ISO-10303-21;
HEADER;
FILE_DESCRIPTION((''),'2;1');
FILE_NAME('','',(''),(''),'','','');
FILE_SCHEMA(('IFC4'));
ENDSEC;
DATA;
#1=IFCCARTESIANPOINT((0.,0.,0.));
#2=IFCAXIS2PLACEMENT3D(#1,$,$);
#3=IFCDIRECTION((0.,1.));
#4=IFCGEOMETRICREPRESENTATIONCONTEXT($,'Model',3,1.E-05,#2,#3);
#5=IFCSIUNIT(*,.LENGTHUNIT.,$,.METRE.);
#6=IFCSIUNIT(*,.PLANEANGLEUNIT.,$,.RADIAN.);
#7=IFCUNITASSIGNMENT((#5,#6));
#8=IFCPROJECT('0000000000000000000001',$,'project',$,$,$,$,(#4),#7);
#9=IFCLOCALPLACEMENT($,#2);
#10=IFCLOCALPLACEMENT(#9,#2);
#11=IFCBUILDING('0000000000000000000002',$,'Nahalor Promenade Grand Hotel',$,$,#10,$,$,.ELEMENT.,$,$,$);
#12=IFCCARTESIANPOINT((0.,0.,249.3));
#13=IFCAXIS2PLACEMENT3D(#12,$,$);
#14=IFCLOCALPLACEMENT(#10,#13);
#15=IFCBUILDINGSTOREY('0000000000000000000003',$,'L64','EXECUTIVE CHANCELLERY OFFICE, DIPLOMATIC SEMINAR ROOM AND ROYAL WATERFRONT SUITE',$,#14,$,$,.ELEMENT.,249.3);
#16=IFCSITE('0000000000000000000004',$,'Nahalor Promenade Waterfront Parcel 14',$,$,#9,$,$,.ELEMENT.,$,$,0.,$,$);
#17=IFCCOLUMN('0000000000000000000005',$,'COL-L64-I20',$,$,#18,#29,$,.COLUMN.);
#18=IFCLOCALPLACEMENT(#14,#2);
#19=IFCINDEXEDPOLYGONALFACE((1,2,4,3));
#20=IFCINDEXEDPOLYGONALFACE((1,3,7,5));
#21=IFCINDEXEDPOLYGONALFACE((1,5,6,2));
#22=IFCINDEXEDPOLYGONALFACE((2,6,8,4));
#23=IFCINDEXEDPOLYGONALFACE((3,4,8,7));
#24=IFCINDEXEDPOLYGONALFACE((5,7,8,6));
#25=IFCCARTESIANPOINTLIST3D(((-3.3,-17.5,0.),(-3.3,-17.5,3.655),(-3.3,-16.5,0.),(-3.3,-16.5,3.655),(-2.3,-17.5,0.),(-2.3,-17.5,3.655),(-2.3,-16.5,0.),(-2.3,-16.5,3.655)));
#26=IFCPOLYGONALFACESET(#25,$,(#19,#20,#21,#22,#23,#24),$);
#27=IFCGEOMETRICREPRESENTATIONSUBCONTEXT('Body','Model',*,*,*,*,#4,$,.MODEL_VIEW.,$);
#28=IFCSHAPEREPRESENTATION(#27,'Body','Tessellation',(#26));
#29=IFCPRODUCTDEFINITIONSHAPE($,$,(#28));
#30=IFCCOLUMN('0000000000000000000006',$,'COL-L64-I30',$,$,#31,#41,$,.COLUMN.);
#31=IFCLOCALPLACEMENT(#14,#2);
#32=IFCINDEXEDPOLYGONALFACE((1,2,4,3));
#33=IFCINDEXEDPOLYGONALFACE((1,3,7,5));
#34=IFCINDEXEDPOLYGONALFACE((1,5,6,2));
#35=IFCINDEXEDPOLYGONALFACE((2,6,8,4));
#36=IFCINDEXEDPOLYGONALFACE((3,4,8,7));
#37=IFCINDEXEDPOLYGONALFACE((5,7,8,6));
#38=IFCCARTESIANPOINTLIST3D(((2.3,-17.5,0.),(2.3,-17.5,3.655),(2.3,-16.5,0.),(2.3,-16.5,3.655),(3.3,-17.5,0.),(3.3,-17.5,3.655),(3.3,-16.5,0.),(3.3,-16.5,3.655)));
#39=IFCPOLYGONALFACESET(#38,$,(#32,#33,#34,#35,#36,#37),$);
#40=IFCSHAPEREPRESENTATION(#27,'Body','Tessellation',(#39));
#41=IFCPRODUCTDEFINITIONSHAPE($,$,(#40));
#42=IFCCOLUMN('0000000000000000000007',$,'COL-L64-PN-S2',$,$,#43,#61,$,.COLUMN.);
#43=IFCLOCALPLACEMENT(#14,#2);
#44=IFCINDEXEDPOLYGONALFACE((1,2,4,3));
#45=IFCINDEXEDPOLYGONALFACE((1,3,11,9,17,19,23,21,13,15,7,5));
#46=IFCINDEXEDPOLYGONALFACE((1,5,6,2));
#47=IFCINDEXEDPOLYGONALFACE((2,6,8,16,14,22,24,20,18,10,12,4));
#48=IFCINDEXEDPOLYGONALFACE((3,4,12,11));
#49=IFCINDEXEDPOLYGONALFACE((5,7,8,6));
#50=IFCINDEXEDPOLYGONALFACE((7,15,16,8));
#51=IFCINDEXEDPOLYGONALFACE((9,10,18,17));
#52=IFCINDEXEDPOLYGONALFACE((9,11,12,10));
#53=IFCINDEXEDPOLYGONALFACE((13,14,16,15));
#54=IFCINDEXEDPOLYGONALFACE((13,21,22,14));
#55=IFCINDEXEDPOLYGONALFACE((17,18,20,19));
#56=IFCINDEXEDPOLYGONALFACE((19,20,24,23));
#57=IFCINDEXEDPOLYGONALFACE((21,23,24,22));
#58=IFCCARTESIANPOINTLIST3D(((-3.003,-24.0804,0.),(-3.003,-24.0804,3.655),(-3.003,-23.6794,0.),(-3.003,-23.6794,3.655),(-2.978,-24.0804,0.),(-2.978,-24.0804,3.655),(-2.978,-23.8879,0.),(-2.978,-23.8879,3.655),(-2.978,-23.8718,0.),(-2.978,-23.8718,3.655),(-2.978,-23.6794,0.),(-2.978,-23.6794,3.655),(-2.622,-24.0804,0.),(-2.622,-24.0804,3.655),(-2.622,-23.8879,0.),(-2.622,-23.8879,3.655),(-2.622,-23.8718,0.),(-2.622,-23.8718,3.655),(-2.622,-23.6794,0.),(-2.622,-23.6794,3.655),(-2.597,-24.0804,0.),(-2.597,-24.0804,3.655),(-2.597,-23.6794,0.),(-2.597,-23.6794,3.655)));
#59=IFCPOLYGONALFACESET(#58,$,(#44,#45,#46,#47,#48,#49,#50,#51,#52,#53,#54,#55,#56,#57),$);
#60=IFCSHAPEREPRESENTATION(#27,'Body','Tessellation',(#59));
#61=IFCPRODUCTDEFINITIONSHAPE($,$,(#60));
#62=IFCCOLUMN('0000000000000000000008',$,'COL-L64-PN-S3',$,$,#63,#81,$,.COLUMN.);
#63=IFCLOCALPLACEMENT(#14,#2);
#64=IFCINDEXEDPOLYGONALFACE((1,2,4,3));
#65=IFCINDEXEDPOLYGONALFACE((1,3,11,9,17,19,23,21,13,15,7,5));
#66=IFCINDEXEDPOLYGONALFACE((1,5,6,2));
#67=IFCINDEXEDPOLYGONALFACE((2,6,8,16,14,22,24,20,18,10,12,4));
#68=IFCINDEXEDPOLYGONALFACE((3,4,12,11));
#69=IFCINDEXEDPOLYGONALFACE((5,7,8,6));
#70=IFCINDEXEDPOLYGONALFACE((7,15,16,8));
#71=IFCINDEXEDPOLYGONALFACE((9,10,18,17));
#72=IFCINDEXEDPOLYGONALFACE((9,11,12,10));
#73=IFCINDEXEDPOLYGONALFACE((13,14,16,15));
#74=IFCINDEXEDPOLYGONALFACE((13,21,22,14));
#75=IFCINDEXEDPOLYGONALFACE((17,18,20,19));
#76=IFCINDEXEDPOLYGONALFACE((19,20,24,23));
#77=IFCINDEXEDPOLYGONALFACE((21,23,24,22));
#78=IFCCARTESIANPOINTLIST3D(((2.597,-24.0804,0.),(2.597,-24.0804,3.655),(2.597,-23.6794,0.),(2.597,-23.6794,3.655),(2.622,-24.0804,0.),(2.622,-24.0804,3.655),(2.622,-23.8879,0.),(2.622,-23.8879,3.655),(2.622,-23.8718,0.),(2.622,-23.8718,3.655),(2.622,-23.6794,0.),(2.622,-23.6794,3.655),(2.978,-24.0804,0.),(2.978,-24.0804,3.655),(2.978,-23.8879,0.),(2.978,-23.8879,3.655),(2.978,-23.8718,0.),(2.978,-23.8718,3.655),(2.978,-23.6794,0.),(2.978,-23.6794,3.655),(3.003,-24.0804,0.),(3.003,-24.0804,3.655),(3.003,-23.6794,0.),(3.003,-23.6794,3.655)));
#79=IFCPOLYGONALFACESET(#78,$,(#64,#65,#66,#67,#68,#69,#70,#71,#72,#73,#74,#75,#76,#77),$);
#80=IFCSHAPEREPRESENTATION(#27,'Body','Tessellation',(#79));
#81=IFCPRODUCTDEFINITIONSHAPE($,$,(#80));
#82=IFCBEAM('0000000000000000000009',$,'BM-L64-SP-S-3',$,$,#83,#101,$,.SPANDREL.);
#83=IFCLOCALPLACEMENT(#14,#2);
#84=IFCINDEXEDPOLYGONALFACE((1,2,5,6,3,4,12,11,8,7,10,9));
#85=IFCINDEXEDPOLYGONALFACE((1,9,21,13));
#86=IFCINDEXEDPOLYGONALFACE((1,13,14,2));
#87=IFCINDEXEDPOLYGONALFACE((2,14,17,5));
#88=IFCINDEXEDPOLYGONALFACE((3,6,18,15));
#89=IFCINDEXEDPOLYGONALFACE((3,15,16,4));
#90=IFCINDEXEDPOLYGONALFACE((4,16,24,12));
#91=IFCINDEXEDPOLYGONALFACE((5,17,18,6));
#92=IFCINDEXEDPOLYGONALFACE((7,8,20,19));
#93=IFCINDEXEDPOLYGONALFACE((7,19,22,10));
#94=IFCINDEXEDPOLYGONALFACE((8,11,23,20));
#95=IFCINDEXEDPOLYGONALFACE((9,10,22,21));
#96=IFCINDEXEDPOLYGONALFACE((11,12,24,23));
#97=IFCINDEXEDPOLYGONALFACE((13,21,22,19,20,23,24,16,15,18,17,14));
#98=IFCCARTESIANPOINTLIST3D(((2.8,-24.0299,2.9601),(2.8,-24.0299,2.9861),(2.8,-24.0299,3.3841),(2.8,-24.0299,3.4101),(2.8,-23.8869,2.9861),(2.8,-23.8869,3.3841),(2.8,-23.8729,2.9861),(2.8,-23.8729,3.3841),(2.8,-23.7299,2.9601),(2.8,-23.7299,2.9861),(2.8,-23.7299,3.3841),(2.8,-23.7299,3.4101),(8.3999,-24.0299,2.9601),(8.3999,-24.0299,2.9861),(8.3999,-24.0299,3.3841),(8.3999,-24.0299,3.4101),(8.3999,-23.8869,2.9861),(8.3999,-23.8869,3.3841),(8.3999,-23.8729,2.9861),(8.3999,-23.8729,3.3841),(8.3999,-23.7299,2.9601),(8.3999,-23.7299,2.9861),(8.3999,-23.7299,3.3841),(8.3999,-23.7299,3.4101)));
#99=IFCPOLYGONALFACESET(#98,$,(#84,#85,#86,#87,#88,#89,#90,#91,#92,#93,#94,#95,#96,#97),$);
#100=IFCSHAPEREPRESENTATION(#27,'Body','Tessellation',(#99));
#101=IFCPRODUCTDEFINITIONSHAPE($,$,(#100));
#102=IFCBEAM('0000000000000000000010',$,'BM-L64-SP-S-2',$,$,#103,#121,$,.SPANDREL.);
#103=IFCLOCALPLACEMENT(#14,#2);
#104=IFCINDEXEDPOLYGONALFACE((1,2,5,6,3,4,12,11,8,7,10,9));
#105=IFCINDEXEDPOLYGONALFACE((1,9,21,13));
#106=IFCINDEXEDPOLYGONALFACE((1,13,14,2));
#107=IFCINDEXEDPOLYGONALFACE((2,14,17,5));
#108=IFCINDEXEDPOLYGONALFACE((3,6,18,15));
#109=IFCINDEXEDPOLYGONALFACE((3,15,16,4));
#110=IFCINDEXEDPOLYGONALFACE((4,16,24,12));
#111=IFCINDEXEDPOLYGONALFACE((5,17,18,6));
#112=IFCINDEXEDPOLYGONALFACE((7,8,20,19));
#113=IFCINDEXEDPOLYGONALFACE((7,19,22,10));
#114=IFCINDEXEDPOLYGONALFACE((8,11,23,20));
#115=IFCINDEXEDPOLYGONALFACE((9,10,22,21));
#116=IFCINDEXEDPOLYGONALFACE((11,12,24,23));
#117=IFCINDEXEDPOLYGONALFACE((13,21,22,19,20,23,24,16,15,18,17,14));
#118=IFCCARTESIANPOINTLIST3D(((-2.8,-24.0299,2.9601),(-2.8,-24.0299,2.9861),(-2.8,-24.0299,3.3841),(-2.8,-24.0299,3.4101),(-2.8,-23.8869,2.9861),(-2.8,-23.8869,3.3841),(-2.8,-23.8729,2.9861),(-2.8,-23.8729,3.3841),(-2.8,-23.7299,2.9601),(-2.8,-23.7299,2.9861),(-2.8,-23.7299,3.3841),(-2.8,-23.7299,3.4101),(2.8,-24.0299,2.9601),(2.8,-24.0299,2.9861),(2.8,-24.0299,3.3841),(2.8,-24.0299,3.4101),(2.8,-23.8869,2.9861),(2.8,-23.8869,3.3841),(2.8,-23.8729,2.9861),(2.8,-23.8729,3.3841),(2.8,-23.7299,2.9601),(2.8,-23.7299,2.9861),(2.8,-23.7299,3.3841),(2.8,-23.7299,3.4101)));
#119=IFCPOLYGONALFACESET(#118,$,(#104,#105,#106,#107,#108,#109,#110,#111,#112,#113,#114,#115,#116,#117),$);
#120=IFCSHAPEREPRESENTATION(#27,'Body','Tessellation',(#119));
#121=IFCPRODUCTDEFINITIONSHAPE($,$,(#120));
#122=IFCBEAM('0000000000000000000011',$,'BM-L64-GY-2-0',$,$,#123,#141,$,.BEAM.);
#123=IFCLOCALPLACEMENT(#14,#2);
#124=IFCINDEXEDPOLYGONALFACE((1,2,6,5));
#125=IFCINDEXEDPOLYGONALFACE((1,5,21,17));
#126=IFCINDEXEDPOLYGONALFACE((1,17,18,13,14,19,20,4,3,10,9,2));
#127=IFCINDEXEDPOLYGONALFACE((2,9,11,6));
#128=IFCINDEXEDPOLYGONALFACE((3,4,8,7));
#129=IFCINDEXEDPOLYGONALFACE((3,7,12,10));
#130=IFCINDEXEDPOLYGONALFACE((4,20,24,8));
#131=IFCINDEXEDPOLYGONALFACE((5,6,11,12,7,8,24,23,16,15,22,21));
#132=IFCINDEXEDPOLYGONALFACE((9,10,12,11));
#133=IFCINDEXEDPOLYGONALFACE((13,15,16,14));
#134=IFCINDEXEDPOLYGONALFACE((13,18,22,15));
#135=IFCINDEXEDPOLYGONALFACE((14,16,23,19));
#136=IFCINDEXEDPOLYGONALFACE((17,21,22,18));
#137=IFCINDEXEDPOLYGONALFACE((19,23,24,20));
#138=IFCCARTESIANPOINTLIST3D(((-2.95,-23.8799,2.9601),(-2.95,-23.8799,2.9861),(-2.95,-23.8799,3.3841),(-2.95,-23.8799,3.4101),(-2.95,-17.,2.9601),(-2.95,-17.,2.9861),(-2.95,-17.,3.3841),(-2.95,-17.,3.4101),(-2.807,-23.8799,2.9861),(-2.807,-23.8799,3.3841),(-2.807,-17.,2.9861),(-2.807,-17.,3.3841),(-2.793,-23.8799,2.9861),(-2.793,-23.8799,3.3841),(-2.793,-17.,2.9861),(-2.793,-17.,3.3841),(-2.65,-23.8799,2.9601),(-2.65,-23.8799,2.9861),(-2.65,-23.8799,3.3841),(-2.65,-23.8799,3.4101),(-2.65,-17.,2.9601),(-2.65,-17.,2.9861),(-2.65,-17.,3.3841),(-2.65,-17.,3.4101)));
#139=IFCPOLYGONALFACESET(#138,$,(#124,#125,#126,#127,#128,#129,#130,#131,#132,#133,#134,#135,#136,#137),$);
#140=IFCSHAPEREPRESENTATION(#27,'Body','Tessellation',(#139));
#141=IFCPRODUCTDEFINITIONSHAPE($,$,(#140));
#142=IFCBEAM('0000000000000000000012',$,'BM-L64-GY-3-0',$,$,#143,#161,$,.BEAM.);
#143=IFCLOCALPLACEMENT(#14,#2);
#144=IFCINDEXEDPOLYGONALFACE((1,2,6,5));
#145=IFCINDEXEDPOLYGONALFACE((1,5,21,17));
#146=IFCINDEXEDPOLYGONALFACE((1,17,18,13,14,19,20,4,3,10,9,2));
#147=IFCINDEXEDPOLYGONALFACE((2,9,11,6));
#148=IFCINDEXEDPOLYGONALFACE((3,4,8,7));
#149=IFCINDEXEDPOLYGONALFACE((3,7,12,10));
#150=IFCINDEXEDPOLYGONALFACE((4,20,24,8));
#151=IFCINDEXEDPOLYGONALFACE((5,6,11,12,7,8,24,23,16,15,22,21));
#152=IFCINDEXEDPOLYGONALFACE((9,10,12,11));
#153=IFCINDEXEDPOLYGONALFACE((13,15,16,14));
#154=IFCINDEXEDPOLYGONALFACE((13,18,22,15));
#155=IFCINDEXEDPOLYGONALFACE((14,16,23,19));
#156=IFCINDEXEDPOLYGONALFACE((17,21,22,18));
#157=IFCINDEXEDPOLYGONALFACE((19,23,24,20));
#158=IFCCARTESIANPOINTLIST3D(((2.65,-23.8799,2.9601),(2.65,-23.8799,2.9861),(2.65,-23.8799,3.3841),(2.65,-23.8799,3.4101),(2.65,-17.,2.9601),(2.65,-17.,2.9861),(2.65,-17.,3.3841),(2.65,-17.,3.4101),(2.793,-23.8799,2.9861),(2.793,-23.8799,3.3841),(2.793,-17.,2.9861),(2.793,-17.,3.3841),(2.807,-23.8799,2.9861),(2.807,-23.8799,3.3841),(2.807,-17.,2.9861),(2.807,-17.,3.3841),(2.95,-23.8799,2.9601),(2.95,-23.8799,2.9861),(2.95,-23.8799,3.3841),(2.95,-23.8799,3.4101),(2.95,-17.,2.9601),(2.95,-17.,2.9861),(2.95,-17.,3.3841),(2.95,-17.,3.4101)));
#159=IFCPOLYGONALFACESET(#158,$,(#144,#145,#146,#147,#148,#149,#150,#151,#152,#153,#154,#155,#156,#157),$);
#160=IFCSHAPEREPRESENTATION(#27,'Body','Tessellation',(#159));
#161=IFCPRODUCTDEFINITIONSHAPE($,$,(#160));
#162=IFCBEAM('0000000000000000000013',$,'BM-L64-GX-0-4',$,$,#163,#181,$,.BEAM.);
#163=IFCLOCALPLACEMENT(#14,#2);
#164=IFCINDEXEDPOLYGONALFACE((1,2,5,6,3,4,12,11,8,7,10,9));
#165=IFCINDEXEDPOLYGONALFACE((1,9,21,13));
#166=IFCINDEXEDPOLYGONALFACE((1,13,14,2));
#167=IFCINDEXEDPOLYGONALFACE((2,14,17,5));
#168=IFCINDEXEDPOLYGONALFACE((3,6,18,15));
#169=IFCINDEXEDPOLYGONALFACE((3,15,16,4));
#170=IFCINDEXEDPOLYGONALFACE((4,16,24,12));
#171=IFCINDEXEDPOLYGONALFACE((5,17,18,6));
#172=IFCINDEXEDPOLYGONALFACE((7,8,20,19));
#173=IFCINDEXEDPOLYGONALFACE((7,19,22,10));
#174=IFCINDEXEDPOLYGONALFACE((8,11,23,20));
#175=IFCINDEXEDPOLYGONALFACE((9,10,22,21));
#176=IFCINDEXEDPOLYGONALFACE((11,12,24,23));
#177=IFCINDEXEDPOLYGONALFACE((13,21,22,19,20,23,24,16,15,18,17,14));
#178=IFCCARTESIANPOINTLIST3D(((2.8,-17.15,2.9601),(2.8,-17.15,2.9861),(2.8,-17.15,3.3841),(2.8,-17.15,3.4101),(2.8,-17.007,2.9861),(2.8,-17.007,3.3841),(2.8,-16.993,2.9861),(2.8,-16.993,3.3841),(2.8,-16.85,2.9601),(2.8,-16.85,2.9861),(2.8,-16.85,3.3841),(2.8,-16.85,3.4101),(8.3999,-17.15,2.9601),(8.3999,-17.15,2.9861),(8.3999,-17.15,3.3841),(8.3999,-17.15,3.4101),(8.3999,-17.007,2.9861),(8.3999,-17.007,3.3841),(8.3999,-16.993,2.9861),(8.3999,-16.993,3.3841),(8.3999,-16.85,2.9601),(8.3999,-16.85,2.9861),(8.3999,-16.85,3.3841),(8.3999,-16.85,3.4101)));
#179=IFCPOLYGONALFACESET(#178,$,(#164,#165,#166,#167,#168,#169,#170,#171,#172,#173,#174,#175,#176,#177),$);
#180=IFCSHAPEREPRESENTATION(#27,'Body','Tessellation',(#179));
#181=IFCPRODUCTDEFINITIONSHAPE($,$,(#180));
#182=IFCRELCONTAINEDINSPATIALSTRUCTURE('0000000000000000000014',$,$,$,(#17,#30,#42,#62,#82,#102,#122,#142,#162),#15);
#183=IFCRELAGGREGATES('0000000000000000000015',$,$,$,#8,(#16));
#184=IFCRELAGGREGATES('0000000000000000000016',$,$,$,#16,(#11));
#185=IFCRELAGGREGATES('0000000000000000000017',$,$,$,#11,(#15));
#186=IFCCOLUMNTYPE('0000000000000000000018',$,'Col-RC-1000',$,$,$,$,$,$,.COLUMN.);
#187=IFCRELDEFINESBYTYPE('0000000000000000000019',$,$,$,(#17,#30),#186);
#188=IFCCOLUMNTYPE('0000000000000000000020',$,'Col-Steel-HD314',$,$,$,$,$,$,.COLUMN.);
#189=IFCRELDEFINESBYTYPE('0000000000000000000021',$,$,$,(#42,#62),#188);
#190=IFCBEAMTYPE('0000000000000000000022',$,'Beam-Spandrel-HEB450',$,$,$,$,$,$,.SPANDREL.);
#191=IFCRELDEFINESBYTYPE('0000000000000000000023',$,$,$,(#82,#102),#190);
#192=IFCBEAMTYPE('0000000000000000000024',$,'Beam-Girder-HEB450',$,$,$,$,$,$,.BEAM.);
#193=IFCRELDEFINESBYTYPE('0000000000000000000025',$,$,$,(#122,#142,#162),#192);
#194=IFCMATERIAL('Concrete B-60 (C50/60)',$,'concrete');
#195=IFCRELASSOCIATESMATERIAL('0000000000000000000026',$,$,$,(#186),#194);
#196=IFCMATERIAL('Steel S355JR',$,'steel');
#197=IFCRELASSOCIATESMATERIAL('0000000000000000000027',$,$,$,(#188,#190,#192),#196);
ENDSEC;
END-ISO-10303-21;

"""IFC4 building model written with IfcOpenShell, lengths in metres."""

from ifc_helpers import new_model, si_unit, direction, frame, origin, origin_2d, place, context, subcontext, project, spatial, rectangle, i_section, extrude, source, transform, mapped, material, material_profile, profile_set, type_object, element, save


model = new_model("IFC4")

# Units and contexts
model_context = context("Model", 3, precision=1e-05, world=origin(), true_north=direction((0.0, 1.0)))
body_context = subcontext(model_context, "Body", "Model", "MODEL_VIEW")
ifc_project = project(units=[si_unit("LENGTHUNIT", "METRE"), si_unit("PLANEANGLEUNIT", "RADIAN")], contexts=[model_context])

# Site, building, storey
site_placement = place(None, origin())
site = spatial("IfcSite", under=ifc_project, at=site_placement, Name="Nahalor Promenade Waterfront Parcel 14", CompositionType="ELEMENT", RefElevation=0.0)
building_placement = place(site_placement, origin())
building = spatial("IfcBuilding", under=site, at=building_placement, Name="Nahalor Promenade Grand Hotel", CompositionType="ELEMENT")
storey_placement = place(building_placement, frame((0.0, 0.0, 249.3)))
storey = spatial("IfcBuildingStorey", under=building, at=storey_placement, Name="L64", Description="EXECUTIVE CHANCELLERY OFFICE, DIPLOMATIC SEMINAR ROOM AND ROYAL WATERFRONT SUITE", CompositionType="ELEMENT", Elevation=249.3)

# Columns
ifc_material_1 = material(Name="Concrete B-60 (C50/60)", Category="concrete")
ifc_material_profile_1 = material_profile(ifc_material_1, rectangle(XDim=1.0, YDim=1.0, at=origin_2d()), Name="RC 1000x1000")
ifc_profile_set_1 = profile_set([ifc_material_profile_1], Name="Concrete B-60 (C50/60)")
column_type_1 = type_object("IfcColumnType", Name="Col-RC-1000", PredefinedType="COLUMN", material=ifc_profile_set_1)
shared_shape_1 = source(origin(), body_context, "Body", "SweptSolid", [
    extrude(rectangle(XDim=1.0, YDim=1.0, at=origin_2d()), origin(), (0.0, 0.0, 1.0), 3.655),
])
for number, where, z_axis, x_axis, name in (
    (1, (-2.8, -17.0, 0.0), (0.0, 0.0, 1.0), (1.0, 0.0, 0.0), "COL-L64-I20"),
    (2, (2.8, -17.0, 0.0), (0.0, 0.0, 1.0), (1.0, 0.0, 0.0), "COL-L64-I30"),
):
    element("IfcColumn", number, at=place(storey_placement, frame(where, z_axis=z_axis, x_axis=x_axis)), inside=storey, type_object=column_type_1, Name=name, PredefinedType="COLUMN", context=body_context, shape_type="MappedRepresentation", body=[
        mapped(shared_shape_1, transform((0.0, 0.0, 0.0), scale=1.0)),
    ])
ifc_material_2 = material(Name="Steel S355JR", Category="steel")
ifc_material_profile_2 = material_profile(ifc_material_2, i_section(OverallWidth=0.401, OverallDepth=0.406, WebThickness=0.0161, FlangeThickness=0.025, at=origin_2d()), Name="HD 400x314")
ifc_profile_set_2 = profile_set([ifc_material_profile_2], Name="Steel S355JR")
column_type_2 = type_object("IfcColumnType", Name="Col-Steel-HD314", PredefinedType="COLUMN", material=ifc_profile_set_2)
shared_shape_2 = source(origin(), body_context, "Body", "SweptSolid", [
    extrude(i_section(OverallWidth=0.401, OverallDepth=0.406, WebThickness=0.0161, FlangeThickness=0.025, at=origin_2d()), origin(), (0.0, 0.0, 1.0), 3.655),
])
for number, where, z_axis, x_axis, name in (
    (3, (-2.8, -23.8799, 0.0), (0.0, 0.0, 1.0), (0.0, 1.0, 0.0), "COL-L64-PN-S2"),
    (4, (2.8, -23.8799, 0.0), (0.0, 0.0, 1.0), (0.0, 1.0, 0.0), "COL-L64-PN-S3"),
):
    element("IfcColumn", number, at=place(storey_placement, frame(where, z_axis=z_axis, x_axis=x_axis)), inside=storey, type_object=column_type_2, Name=name, PredefinedType="COLUMN", context=body_context, shape_type="MappedRepresentation", body=[
        mapped(shared_shape_2, transform((0.0, 0.0, 0.0), scale=1.0)),
    ])

# Beams
ifc_material_profile_3 = material_profile(ifc_material_2, i_section(OverallWidth=0.3, OverallDepth=0.45, WebThickness=0.014, FlangeThickness=0.026, at=origin_2d()), Name="HEB 450")
ifc_profile_set_3 = profile_set([ifc_material_profile_3], Name="Steel S355JR")
beam_type_1 = type_object("IfcBeamType", Name="Beam-Spandrel-HEB450", PredefinedType="SPANDREL", material=ifc_profile_set_3)
shared_shape_3 = source(origin(), body_context, "Body", "SweptSolid", [
    extrude(i_section(OverallWidth=0.3, OverallDepth=0.45, WebThickness=0.014, FlangeThickness=0.026, at=origin_2d()), origin(), (0.0, 0.0, 1.0), 5.5999),
])
beam_1_placement = place(storey_placement, frame((2.8, -23.8799, 3.1851), z_axis=(1.0, 0.0, 0.0), x_axis=(0.0, 1.0, 0.0)))
element("IfcBeam", 5, at=beam_1_placement, inside=storey, type_object=beam_type_1, Name="BM-L64-SP-S-3", PredefinedType="SPANDREL", context=body_context, shape_type="MappedRepresentation", body=[
    mapped(shared_shape_3, transform((0.0, 0.0, 0.0), scale=1.0)),
])
shared_shape_4 = source(origin(), body_context, "Body", "SweptSolid", [
    extrude(i_section(OverallWidth=0.3, OverallDepth=0.45, WebThickness=0.014, FlangeThickness=0.026, at=origin_2d()), origin(), (0.0, 0.0, 1.0), 5.6001),
])
beam_2_placement = place(storey_placement, frame((-2.8, -23.8799, 3.1851), z_axis=(1.0, 0.0, 0.0), x_axis=(0.0, 1.0, 0.0)))
element("IfcBeam", 6, at=beam_2_placement, inside=storey, type_object=beam_type_1, Name="BM-L64-SP-S-2", PredefinedType="SPANDREL", context=body_context, shape_type="MappedRepresentation", body=[
    mapped(shared_shape_4, transform((0.0, 0.0, 0.0), scale=1.0)),
])
ifc_material_profile_4 = material_profile(ifc_material_2, i_section(OverallWidth=0.3, OverallDepth=0.45, WebThickness=0.014, FlangeThickness=0.026, at=origin_2d()), Name="HEB 450")
ifc_profile_set_4 = profile_set([ifc_material_profile_4], Name="Steel S355JR")
beam_type_2 = type_object("IfcBeamType", Name="Beam-Girder-HEB450", PredefinedType="BEAM", material=ifc_profile_set_4)
shared_shape_5 = source(origin(), body_context, "Body", "SweptSolid", [
    extrude(i_section(OverallWidth=0.3, OverallDepth=0.45, WebThickness=0.014, FlangeThickness=0.026, at=origin_2d()), origin(), (0.0, 0.0, 1.0), 6.8799),
])
for number, where, z_axis, x_axis, name in (
    (7, (-2.8, -23.8799, 3.1851), (0.0, 1.0, 0.0), (-1.0, 0.0, 0.0), "BM-L64-GY-2-0"),
    (8, (2.8, -23.8799, 3.1851), (0.0, 1.0, 0.0), (-1.0, 0.0, 0.0), "BM-L64-GY-3-0"),
):
    element("IfcBeam", number, at=place(storey_placement, frame(where, z_axis=z_axis, x_axis=x_axis)), inside=storey, type_object=beam_type_2, Name=name, PredefinedType="BEAM", context=body_context, shape_type="MappedRepresentation", body=[
        mapped(shared_shape_5, transform((0.0, 0.0, 0.0), scale=1.0)),
    ])
shared_shape_6 = source(origin(), body_context, "Body", "SweptSolid", [
    extrude(i_section(OverallWidth=0.3, OverallDepth=0.45, WebThickness=0.014, FlangeThickness=0.026, at=origin_2d()), origin(), (0.0, 0.0, 1.0), 5.5999),
])
beam_3_placement = place(storey_placement, frame((2.8, -17.0, 3.1851), z_axis=(1.0, 0.0, 0.0), x_axis=(0.0, 1.0, 0.0)))
element("IfcBeam", 9, at=beam_3_placement, inside=storey, type_object=beam_type_2, Name="BM-L64-GX-0-4", PredefinedType="BEAM", context=body_context, shape_type="MappedRepresentation", body=[
    mapped(shared_shape_6, transform((0.0, 0.0, 0.0), scale=1.0)),
])

save(model, "model.ifc")
